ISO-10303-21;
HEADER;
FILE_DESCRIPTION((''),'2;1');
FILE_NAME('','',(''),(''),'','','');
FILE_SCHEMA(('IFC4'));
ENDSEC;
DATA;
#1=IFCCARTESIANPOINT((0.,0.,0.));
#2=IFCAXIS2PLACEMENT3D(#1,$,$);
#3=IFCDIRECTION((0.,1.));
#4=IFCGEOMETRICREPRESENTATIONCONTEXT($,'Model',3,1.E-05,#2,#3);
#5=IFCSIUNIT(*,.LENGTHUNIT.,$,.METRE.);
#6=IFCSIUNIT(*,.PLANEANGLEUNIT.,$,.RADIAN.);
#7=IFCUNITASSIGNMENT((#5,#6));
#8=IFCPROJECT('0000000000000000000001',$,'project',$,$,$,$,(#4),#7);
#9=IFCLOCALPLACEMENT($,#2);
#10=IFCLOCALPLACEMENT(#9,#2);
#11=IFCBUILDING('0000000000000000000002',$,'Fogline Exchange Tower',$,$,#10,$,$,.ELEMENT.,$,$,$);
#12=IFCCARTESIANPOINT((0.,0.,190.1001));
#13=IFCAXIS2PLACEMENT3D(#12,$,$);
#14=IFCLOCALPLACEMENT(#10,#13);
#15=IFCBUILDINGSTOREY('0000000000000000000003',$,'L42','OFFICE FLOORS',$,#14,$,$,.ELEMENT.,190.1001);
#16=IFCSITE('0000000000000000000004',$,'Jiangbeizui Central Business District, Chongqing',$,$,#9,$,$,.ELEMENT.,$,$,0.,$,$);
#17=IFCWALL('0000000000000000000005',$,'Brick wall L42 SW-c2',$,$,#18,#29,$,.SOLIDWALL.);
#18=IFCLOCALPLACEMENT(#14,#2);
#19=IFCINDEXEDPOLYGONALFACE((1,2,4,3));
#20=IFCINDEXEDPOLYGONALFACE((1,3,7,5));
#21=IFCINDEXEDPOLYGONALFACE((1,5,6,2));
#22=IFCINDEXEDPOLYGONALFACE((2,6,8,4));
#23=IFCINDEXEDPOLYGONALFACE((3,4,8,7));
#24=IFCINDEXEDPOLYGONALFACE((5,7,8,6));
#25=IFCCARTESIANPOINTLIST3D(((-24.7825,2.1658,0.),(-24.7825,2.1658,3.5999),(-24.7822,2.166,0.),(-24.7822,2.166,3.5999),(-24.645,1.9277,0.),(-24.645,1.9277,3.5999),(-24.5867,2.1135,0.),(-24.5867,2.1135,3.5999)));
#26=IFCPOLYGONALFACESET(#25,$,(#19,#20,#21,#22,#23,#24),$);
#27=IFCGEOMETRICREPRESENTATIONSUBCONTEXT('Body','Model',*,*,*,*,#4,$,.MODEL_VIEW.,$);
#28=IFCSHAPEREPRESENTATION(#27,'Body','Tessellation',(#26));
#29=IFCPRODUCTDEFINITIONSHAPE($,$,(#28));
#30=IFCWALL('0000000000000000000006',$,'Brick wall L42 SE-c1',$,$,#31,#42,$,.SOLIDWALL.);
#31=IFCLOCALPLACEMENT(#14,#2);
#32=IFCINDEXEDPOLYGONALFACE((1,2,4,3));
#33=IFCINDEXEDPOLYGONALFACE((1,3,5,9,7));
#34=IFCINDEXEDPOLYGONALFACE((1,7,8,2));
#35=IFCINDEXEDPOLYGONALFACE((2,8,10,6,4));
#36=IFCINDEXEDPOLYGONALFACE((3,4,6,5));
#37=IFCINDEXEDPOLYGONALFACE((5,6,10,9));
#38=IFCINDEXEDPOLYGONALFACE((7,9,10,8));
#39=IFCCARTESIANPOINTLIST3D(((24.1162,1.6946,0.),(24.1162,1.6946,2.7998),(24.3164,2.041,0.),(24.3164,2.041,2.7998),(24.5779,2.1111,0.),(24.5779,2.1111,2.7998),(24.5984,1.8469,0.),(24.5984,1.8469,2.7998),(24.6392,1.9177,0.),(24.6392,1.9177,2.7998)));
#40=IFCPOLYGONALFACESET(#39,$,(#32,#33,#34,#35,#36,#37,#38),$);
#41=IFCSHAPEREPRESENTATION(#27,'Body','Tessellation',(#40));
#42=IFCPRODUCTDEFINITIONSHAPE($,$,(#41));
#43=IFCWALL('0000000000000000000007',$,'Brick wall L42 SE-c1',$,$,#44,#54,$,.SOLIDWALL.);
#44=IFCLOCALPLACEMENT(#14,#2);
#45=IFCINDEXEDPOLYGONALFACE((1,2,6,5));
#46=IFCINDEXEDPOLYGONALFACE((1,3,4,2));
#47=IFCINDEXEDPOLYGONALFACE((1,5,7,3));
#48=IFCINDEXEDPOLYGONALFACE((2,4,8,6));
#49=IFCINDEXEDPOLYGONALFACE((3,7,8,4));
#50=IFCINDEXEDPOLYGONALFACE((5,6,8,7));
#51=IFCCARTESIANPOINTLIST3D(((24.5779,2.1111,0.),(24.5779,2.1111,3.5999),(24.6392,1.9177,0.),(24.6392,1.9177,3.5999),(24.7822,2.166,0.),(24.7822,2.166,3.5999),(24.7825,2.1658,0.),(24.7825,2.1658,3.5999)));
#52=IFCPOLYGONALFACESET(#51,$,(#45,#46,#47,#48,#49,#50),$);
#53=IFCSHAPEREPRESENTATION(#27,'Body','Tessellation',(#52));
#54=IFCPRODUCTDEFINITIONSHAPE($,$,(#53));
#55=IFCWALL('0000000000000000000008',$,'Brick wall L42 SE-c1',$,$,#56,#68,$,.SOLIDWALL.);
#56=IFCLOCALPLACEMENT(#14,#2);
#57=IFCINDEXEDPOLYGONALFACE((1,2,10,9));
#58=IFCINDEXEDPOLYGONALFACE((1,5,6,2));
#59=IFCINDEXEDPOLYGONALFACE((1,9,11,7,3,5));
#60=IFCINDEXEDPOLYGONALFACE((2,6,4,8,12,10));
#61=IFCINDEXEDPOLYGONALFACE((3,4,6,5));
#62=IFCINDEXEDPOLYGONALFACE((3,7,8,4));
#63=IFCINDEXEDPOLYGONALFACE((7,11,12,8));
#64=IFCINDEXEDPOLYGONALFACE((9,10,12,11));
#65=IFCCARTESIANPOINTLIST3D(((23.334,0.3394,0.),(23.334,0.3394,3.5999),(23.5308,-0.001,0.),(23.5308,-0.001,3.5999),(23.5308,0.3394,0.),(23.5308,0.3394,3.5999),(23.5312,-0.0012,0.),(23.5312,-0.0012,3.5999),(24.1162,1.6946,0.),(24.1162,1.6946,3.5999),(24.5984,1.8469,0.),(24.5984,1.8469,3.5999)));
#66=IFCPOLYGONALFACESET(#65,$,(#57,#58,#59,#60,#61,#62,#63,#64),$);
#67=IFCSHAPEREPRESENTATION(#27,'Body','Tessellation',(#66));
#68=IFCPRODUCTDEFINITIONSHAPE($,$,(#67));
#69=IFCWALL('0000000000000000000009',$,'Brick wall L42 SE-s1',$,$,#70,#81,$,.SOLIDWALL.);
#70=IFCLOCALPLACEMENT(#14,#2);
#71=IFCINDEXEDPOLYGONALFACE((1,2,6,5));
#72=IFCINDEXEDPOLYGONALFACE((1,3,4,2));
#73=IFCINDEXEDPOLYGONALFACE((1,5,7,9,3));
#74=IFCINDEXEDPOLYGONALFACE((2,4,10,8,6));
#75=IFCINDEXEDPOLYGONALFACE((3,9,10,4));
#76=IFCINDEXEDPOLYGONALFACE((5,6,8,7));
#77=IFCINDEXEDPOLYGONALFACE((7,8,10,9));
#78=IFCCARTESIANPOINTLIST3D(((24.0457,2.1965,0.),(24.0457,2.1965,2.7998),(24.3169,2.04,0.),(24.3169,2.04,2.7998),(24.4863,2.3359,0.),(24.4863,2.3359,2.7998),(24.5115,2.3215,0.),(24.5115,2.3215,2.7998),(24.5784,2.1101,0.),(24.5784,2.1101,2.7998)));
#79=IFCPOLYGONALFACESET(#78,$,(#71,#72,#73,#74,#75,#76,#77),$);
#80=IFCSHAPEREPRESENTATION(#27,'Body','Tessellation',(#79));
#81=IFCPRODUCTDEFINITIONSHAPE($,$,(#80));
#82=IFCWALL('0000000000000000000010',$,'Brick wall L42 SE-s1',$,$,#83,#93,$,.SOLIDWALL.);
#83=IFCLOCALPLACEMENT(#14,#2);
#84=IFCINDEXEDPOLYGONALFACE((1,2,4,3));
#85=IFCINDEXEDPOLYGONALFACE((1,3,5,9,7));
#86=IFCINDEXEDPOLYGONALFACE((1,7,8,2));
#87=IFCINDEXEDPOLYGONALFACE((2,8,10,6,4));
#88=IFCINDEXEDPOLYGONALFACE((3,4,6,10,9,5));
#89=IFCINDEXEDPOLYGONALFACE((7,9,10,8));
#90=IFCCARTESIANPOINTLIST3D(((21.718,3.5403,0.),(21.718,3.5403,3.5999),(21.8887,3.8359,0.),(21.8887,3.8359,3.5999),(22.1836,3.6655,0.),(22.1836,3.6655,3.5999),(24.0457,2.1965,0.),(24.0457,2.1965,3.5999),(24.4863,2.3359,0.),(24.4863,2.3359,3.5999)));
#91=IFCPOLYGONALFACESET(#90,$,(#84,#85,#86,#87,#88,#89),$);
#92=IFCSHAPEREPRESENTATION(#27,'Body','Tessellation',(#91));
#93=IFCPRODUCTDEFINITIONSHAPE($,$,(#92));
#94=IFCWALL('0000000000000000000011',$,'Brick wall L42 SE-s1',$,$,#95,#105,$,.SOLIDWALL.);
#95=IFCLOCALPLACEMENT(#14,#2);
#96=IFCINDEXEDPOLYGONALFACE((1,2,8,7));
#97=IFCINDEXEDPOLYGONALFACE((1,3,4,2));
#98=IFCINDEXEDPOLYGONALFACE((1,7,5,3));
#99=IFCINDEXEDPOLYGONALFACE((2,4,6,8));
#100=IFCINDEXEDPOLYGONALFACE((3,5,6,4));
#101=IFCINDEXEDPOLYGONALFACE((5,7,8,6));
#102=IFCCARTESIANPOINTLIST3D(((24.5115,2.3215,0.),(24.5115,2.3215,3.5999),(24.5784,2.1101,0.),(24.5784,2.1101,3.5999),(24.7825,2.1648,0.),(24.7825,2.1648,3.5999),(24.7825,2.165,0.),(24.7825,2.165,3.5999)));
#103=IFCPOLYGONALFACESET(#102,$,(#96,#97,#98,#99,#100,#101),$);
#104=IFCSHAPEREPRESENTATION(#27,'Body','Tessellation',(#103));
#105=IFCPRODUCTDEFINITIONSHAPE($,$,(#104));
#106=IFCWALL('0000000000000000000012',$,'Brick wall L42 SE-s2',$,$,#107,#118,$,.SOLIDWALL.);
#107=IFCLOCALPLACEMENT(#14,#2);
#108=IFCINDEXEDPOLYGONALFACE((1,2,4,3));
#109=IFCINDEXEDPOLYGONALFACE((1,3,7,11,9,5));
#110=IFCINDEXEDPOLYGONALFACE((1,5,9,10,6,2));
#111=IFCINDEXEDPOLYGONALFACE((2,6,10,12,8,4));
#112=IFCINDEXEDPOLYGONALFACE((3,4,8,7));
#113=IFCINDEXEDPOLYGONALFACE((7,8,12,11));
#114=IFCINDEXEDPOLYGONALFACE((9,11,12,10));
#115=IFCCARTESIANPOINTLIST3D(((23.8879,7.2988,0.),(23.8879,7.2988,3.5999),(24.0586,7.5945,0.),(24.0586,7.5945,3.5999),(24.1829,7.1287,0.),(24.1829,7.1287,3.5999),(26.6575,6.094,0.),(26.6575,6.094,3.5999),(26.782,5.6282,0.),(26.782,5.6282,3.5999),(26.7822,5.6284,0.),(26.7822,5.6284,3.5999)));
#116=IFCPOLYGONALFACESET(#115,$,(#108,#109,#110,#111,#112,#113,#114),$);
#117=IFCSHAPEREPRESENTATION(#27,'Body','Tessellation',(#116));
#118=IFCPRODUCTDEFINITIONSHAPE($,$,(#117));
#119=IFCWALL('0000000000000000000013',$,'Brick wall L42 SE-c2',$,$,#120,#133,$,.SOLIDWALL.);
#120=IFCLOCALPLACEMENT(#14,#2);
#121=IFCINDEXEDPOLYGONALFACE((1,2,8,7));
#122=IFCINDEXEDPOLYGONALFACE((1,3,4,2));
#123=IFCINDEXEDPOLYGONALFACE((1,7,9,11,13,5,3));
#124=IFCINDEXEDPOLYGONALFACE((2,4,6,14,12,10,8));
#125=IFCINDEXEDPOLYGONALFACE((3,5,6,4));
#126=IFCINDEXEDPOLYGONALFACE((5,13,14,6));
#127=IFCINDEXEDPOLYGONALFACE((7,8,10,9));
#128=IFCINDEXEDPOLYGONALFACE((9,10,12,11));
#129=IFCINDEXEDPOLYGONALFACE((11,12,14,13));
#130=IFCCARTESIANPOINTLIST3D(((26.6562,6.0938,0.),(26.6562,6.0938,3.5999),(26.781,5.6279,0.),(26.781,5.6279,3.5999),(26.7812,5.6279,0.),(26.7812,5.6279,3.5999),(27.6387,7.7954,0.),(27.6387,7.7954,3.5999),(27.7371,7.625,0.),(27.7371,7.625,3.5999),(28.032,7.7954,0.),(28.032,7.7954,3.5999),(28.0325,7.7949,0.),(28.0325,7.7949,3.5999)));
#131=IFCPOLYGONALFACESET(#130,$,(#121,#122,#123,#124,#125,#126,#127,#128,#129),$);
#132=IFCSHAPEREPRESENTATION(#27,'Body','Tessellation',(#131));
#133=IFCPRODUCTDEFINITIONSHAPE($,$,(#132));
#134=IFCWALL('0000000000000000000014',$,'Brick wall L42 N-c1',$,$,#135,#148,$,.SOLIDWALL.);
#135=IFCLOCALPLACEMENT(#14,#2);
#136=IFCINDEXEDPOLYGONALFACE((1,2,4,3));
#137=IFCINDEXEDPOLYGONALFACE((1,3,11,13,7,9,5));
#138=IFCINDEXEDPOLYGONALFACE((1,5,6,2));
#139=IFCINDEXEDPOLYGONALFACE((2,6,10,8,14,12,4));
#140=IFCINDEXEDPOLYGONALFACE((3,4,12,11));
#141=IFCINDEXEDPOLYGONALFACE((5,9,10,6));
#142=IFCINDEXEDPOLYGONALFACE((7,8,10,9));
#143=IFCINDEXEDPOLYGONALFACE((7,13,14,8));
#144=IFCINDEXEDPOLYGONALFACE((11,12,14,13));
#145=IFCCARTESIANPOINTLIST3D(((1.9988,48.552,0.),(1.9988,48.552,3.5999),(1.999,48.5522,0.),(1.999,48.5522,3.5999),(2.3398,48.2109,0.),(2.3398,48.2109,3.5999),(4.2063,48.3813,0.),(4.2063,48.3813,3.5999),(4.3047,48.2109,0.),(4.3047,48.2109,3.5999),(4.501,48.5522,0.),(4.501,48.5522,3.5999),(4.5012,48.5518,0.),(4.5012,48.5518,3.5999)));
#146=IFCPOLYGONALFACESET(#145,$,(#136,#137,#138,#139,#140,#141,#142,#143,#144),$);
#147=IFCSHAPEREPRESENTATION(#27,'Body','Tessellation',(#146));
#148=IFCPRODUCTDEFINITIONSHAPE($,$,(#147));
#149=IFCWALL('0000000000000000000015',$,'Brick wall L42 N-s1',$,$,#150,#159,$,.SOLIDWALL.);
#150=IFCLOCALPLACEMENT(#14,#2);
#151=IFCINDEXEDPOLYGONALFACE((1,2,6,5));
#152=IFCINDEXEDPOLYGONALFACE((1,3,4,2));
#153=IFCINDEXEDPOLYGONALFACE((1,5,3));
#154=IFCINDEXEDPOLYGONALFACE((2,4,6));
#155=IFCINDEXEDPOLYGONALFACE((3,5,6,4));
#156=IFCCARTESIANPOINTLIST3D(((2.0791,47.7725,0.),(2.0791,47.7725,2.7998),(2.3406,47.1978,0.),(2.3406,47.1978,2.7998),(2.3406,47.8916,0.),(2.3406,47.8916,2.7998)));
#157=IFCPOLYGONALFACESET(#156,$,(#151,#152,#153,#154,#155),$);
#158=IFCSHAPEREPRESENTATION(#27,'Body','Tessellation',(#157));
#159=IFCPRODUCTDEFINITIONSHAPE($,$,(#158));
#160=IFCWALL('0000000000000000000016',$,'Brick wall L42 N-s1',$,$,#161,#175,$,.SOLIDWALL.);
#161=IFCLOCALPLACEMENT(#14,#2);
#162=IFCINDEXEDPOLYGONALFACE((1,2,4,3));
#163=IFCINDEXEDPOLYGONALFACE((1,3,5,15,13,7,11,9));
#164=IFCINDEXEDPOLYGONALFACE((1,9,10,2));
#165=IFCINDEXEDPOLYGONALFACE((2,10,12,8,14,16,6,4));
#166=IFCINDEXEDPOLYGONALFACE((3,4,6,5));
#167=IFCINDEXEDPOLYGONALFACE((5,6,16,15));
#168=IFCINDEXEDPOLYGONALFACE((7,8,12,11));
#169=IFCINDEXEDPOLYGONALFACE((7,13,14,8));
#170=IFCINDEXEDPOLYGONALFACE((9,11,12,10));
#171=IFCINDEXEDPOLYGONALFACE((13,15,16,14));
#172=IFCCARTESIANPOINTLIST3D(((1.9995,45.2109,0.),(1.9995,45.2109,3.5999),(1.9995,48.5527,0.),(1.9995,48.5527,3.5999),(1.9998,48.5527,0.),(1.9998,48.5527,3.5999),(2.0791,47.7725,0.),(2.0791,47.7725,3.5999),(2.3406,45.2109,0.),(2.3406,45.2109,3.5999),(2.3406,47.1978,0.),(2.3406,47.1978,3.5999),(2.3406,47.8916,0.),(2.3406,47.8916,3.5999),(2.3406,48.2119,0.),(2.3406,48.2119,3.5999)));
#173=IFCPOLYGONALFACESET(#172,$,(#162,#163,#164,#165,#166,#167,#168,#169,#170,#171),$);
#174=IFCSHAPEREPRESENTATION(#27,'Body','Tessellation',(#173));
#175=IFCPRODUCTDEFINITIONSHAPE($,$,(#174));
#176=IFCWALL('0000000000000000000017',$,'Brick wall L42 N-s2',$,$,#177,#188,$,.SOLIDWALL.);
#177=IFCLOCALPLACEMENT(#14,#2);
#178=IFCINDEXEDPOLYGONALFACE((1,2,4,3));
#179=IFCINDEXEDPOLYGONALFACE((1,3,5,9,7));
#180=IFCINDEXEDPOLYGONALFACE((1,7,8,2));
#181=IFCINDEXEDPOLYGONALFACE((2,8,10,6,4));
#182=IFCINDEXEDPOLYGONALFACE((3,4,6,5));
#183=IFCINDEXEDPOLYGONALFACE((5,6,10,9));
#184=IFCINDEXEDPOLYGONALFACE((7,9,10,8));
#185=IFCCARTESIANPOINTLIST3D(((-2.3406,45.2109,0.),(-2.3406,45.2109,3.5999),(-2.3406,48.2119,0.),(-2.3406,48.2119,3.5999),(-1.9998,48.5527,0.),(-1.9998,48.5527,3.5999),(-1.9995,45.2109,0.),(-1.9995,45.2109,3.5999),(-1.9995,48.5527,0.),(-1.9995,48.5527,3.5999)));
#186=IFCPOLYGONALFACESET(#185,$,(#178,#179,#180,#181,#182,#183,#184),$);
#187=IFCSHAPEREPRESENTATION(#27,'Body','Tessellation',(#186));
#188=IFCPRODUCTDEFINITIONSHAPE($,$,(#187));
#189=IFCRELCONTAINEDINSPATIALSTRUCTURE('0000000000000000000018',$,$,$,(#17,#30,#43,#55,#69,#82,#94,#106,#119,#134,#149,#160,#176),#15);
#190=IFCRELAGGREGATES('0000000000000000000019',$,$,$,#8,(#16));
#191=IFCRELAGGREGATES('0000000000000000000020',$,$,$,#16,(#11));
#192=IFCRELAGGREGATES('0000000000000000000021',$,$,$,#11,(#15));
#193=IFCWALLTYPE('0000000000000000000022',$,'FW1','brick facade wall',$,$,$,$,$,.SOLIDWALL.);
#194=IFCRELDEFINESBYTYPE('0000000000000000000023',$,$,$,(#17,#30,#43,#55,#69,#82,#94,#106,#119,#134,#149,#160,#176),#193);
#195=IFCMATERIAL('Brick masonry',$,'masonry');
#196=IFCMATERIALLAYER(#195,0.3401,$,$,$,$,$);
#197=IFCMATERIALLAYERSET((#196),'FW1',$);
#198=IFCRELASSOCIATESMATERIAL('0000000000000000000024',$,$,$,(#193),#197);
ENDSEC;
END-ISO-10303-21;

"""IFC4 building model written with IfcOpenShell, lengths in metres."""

from ifc_helpers import new_model, si_unit, direction, frame, origin, place, context, subcontext, project, spatial, polyline, outline, extrude, material, layer, layer_set, type_object, element, save


model = new_model("IFC4")

# Units and contexts
model_context = context("Model", 3, precision=1e-05, world=origin(), true_north=direction((0.0, 1.0)))
body_context = subcontext(model_context, "Body", "Model", "MODEL_VIEW")
ifc_project = project(units=[si_unit("LENGTHUNIT", "METRE"), si_unit("PLANEANGLEUNIT", "RADIAN")], contexts=[model_context])

# Site, building, storey
site_placement = place(None, origin())
site = spatial("IfcSite", under=ifc_project, at=site_placement, Name="Jiangbeizui Central Business District, Chongqing", CompositionType="ELEMENT", RefElevation=0.0)
building_placement = place(site_placement, origin())
building = spatial("IfcBuilding", under=site, at=building_placement, Name="Fogline Exchange Tower", CompositionType="ELEMENT")
storey_placement = place(building_placement, frame((0.0, 0.0, 190.1001)))
storey = spatial("IfcBuildingStorey", under=building, at=storey_placement, Name="L42", Description="OFFICE FLOORS", CompositionType="ELEMENT", Elevation=190.1001)

# Walls
ifc_material_1 = material(Name="Brick masonry", Category="masonry")
ifc_layer_1 = layer(ifc_material_1, 0.3401)
ifc_layer_set_1 = layer_set([ifc_layer_1], Name="FW1")
wall_type_1 = type_object("IfcWallType", Name="FW1", Description="brick facade wall", PredefinedType="SOLIDWALL", material=ifc_layer_set_1)
wall_1_placement = place(storey_placement, origin())
element("IfcWall", 1, at=wall_1_placement, inside=storey, type_object=wall_type_1, Name="Brick wall L42 SW-c2", PredefinedType="SOLIDWALL", context=body_context, shape_type="SweptSolid", body=[
    extrude(outline(polyline([(-24.7825, 2.1658), (-24.7822, 2.166), (-24.5867, 2.1135), (-24.645, 1.9277), (-24.7825, 2.1658)])), origin(), (0.0, 0.0, 1.0), 3.5999),
])
wall_2_placement = place(storey_placement, origin())
element("IfcWall", 2, at=wall_2_placement, inside=storey, type_object=wall_type_1, Name="Brick wall L42 SE-c1", PredefinedType="SOLIDWALL", context=body_context, shape_type="SweptSolid", body=[
    extrude(outline(polyline([(24.5984, 1.8469), (24.1162, 1.6946), (24.3164, 2.041), (24.5779, 2.1111), (24.6392, 1.9177), (24.5984, 1.8469)])), origin(), (0.0, 0.0, 1.0), 2.7998),
])
wall_3_placement = place(storey_placement, origin())
element("IfcWall", 3, at=wall_3_placement, inside=storey, type_object=wall_type_1, Name="Brick wall L42 SE-c1", PredefinedType="SOLIDWALL", context=body_context, shape_type="SweptSolid", body=[
    extrude(outline(polyline([(24.6392, 1.9177), (24.5779, 2.1111), (24.7822, 2.166), (24.7825, 2.1658), (24.6392, 1.9177)])), origin(), (0.0, 0.0, 1.0), 3.5999),
])
wall_4_placement = place(storey_placement, origin())
element("IfcWall", 4, at=wall_4_placement, inside=storey, type_object=wall_type_1, Name="Brick wall L42 SE-c1", PredefinedType="SOLIDWALL", context=body_context, shape_type="SweptSolid", body=[
    extrude(outline(polyline([(23.5312, -0.0012), (23.5308, -0.001), (23.5308, 0.3394), (23.334, 0.3394), (24.1162, 1.6946), (24.5984, 1.8469), (23.5312, -0.0012)])), origin(), (0.0, 0.0, 1.0), 3.5999),
])
wall_5_placement = place(storey_placement, origin())
element("IfcWall", 5, at=wall_5_placement, inside=storey, type_object=wall_type_1, Name="Brick wall L42 SE-s1", PredefinedType="SOLIDWALL", context=body_context, shape_type="SweptSolid", body=[
    extrude(outline(polyline([(24.5115, 2.3215), (24.5784, 2.1101), (24.3169, 2.04), (24.0457, 2.1965), (24.4863, 2.3359), (24.5115, 2.3215)])), origin(), (0.0, 0.0, 1.0), 2.7998),
])
wall_6_placement = place(storey_placement, origin())
element("IfcWall", 6, at=wall_6_placement, inside=storey, type_object=wall_type_1, Name="Brick wall L42 SE-s1", PredefinedType="SOLIDWALL", context=body_context, shape_type="SweptSolid", body=[
    extrude(outline(polyline([(21.8887, 3.8359), (22.1836, 3.6655), (24.4863, 2.3359), (24.0457, 2.1965), (21.718, 3.5403), (21.8887, 3.8359)])), origin(), (0.0, 0.0, 1.0), 3.5999),
])
wall_7_placement = place(storey_placement, origin())
element("IfcWall", 7, at=wall_7_placement, inside=storey, type_object=wall_type_1, Name="Brick wall L42 SE-s1", PredefinedType="SOLIDWALL", context=body_context, shape_type="SweptSolid", body=[
    extrude(outline(polyline([(24.7825, 2.165), (24.7825, 2.1648), (24.5784, 2.1101), (24.5115, 2.3215), (24.7825, 2.165)])), origin(), (0.0, 0.0, 1.0), 3.5999),
])
wall_8_placement = place(storey_placement, origin())
element("IfcWall", 8, at=wall_8_placement, inside=storey, type_object=wall_type_1, Name="Brick wall L42 SE-s2", PredefinedType="SOLIDWALL", context=body_context, shape_type="SweptSolid", body=[
    extrude(outline(polyline([(26.782, 5.6282), (24.1829, 7.1287), (23.8879, 7.2988), (24.0586, 7.5945), (26.6575, 6.094), (26.7822, 5.6284), (26.782, 5.6282)])), origin(), (0.0, 0.0, 1.0), 3.5999),
])
wall_9_placement = place(storey_placement, origin())
element("IfcWall", 9, at=wall_9_placement, inside=storey, type_object=wall_type_1, Name="Brick wall L42 SE-c2", PredefinedType="SOLIDWALL", context=body_context, shape_type="SweptSolid", body=[
    extrude(outline(polyline([(27.6387, 7.7954), (27.7371, 7.625), (28.032, 7.7954), (28.0325, 7.7949), (26.7812, 5.6279), (26.781, 5.6279), (26.6562, 6.0938), (27.6387, 7.7954)])), origin(), (0.0, 0.0, 1.0), 3.5999),
])
wall_10_placement = place(storey_placement, origin())
element("IfcWall", 10, at=wall_10_placement, inside=storey, type_object=wall_type_1, Name="Brick wall L42 N-c1", PredefinedType="SOLIDWALL", context=body_context, shape_type="SweptSolid", body=[
    extrude(outline(polyline([(1.999, 48.5522), (4.501, 48.5522), (4.5012, 48.5518), (4.2063, 48.3813), (4.3047, 48.2109), (2.3398, 48.2109), (1.9988, 48.552), (1.999, 48.5522)])), origin(), (0.0, 0.0, 1.0), 3.5999),
])
wall_11_placement = place(storey_placement, origin())
element("IfcWall", 11, at=wall_11_placement, inside=storey, type_object=wall_type_1, Name="Brick wall L42 N-s1", PredefinedType="SOLIDWALL", context=body_context, shape_type="SweptSolid", body=[
    extrude(outline(polyline([(2.3406, 47.1978), (2.0791, 47.7725), (2.3406, 47.8916), (2.3406, 47.1978)])), origin(), (0.0, 0.0, 1.0), 2.7998),
])
wall_12_placement = place(storey_placement, origin())
element("IfcWall", 12, at=wall_12_placement, inside=storey, type_object=wall_type_1, Name="Brick wall L42 N-s1", PredefinedType="SOLIDWALL", context=body_context, shape_type="SweptSolid", body=[
    extrude(outline(polyline([(1.9995, 45.2109), (1.9995, 48.5527), (1.9998, 48.5527), (2.3406, 48.2119), (2.3406, 47.8916), (2.0791, 47.7725), (2.3406, 47.1978), (2.3406, 45.2109), (1.9995, 45.2109)])), origin(), (0.0, 0.0, 1.0), 3.5999),
])
wall_13_placement = place(storey_placement, origin())
element("IfcWall", 13, at=wall_13_placement, inside=storey, type_object=wall_type_1, Name="Brick wall L42 N-s2", PredefinedType="SOLIDWALL", context=body_context, shape_type="SweptSolid", body=[
    extrude(outline(polyline([(-1.9995, 48.5527), (-1.9995, 45.2109), (-2.3406, 45.2109), (-2.3406, 48.2119), (-1.9998, 48.5527), (-1.9995, 48.5527)])), origin(), (0.0, 0.0, 1.0), 3.5999),
])

save(model, "model.ifc")
